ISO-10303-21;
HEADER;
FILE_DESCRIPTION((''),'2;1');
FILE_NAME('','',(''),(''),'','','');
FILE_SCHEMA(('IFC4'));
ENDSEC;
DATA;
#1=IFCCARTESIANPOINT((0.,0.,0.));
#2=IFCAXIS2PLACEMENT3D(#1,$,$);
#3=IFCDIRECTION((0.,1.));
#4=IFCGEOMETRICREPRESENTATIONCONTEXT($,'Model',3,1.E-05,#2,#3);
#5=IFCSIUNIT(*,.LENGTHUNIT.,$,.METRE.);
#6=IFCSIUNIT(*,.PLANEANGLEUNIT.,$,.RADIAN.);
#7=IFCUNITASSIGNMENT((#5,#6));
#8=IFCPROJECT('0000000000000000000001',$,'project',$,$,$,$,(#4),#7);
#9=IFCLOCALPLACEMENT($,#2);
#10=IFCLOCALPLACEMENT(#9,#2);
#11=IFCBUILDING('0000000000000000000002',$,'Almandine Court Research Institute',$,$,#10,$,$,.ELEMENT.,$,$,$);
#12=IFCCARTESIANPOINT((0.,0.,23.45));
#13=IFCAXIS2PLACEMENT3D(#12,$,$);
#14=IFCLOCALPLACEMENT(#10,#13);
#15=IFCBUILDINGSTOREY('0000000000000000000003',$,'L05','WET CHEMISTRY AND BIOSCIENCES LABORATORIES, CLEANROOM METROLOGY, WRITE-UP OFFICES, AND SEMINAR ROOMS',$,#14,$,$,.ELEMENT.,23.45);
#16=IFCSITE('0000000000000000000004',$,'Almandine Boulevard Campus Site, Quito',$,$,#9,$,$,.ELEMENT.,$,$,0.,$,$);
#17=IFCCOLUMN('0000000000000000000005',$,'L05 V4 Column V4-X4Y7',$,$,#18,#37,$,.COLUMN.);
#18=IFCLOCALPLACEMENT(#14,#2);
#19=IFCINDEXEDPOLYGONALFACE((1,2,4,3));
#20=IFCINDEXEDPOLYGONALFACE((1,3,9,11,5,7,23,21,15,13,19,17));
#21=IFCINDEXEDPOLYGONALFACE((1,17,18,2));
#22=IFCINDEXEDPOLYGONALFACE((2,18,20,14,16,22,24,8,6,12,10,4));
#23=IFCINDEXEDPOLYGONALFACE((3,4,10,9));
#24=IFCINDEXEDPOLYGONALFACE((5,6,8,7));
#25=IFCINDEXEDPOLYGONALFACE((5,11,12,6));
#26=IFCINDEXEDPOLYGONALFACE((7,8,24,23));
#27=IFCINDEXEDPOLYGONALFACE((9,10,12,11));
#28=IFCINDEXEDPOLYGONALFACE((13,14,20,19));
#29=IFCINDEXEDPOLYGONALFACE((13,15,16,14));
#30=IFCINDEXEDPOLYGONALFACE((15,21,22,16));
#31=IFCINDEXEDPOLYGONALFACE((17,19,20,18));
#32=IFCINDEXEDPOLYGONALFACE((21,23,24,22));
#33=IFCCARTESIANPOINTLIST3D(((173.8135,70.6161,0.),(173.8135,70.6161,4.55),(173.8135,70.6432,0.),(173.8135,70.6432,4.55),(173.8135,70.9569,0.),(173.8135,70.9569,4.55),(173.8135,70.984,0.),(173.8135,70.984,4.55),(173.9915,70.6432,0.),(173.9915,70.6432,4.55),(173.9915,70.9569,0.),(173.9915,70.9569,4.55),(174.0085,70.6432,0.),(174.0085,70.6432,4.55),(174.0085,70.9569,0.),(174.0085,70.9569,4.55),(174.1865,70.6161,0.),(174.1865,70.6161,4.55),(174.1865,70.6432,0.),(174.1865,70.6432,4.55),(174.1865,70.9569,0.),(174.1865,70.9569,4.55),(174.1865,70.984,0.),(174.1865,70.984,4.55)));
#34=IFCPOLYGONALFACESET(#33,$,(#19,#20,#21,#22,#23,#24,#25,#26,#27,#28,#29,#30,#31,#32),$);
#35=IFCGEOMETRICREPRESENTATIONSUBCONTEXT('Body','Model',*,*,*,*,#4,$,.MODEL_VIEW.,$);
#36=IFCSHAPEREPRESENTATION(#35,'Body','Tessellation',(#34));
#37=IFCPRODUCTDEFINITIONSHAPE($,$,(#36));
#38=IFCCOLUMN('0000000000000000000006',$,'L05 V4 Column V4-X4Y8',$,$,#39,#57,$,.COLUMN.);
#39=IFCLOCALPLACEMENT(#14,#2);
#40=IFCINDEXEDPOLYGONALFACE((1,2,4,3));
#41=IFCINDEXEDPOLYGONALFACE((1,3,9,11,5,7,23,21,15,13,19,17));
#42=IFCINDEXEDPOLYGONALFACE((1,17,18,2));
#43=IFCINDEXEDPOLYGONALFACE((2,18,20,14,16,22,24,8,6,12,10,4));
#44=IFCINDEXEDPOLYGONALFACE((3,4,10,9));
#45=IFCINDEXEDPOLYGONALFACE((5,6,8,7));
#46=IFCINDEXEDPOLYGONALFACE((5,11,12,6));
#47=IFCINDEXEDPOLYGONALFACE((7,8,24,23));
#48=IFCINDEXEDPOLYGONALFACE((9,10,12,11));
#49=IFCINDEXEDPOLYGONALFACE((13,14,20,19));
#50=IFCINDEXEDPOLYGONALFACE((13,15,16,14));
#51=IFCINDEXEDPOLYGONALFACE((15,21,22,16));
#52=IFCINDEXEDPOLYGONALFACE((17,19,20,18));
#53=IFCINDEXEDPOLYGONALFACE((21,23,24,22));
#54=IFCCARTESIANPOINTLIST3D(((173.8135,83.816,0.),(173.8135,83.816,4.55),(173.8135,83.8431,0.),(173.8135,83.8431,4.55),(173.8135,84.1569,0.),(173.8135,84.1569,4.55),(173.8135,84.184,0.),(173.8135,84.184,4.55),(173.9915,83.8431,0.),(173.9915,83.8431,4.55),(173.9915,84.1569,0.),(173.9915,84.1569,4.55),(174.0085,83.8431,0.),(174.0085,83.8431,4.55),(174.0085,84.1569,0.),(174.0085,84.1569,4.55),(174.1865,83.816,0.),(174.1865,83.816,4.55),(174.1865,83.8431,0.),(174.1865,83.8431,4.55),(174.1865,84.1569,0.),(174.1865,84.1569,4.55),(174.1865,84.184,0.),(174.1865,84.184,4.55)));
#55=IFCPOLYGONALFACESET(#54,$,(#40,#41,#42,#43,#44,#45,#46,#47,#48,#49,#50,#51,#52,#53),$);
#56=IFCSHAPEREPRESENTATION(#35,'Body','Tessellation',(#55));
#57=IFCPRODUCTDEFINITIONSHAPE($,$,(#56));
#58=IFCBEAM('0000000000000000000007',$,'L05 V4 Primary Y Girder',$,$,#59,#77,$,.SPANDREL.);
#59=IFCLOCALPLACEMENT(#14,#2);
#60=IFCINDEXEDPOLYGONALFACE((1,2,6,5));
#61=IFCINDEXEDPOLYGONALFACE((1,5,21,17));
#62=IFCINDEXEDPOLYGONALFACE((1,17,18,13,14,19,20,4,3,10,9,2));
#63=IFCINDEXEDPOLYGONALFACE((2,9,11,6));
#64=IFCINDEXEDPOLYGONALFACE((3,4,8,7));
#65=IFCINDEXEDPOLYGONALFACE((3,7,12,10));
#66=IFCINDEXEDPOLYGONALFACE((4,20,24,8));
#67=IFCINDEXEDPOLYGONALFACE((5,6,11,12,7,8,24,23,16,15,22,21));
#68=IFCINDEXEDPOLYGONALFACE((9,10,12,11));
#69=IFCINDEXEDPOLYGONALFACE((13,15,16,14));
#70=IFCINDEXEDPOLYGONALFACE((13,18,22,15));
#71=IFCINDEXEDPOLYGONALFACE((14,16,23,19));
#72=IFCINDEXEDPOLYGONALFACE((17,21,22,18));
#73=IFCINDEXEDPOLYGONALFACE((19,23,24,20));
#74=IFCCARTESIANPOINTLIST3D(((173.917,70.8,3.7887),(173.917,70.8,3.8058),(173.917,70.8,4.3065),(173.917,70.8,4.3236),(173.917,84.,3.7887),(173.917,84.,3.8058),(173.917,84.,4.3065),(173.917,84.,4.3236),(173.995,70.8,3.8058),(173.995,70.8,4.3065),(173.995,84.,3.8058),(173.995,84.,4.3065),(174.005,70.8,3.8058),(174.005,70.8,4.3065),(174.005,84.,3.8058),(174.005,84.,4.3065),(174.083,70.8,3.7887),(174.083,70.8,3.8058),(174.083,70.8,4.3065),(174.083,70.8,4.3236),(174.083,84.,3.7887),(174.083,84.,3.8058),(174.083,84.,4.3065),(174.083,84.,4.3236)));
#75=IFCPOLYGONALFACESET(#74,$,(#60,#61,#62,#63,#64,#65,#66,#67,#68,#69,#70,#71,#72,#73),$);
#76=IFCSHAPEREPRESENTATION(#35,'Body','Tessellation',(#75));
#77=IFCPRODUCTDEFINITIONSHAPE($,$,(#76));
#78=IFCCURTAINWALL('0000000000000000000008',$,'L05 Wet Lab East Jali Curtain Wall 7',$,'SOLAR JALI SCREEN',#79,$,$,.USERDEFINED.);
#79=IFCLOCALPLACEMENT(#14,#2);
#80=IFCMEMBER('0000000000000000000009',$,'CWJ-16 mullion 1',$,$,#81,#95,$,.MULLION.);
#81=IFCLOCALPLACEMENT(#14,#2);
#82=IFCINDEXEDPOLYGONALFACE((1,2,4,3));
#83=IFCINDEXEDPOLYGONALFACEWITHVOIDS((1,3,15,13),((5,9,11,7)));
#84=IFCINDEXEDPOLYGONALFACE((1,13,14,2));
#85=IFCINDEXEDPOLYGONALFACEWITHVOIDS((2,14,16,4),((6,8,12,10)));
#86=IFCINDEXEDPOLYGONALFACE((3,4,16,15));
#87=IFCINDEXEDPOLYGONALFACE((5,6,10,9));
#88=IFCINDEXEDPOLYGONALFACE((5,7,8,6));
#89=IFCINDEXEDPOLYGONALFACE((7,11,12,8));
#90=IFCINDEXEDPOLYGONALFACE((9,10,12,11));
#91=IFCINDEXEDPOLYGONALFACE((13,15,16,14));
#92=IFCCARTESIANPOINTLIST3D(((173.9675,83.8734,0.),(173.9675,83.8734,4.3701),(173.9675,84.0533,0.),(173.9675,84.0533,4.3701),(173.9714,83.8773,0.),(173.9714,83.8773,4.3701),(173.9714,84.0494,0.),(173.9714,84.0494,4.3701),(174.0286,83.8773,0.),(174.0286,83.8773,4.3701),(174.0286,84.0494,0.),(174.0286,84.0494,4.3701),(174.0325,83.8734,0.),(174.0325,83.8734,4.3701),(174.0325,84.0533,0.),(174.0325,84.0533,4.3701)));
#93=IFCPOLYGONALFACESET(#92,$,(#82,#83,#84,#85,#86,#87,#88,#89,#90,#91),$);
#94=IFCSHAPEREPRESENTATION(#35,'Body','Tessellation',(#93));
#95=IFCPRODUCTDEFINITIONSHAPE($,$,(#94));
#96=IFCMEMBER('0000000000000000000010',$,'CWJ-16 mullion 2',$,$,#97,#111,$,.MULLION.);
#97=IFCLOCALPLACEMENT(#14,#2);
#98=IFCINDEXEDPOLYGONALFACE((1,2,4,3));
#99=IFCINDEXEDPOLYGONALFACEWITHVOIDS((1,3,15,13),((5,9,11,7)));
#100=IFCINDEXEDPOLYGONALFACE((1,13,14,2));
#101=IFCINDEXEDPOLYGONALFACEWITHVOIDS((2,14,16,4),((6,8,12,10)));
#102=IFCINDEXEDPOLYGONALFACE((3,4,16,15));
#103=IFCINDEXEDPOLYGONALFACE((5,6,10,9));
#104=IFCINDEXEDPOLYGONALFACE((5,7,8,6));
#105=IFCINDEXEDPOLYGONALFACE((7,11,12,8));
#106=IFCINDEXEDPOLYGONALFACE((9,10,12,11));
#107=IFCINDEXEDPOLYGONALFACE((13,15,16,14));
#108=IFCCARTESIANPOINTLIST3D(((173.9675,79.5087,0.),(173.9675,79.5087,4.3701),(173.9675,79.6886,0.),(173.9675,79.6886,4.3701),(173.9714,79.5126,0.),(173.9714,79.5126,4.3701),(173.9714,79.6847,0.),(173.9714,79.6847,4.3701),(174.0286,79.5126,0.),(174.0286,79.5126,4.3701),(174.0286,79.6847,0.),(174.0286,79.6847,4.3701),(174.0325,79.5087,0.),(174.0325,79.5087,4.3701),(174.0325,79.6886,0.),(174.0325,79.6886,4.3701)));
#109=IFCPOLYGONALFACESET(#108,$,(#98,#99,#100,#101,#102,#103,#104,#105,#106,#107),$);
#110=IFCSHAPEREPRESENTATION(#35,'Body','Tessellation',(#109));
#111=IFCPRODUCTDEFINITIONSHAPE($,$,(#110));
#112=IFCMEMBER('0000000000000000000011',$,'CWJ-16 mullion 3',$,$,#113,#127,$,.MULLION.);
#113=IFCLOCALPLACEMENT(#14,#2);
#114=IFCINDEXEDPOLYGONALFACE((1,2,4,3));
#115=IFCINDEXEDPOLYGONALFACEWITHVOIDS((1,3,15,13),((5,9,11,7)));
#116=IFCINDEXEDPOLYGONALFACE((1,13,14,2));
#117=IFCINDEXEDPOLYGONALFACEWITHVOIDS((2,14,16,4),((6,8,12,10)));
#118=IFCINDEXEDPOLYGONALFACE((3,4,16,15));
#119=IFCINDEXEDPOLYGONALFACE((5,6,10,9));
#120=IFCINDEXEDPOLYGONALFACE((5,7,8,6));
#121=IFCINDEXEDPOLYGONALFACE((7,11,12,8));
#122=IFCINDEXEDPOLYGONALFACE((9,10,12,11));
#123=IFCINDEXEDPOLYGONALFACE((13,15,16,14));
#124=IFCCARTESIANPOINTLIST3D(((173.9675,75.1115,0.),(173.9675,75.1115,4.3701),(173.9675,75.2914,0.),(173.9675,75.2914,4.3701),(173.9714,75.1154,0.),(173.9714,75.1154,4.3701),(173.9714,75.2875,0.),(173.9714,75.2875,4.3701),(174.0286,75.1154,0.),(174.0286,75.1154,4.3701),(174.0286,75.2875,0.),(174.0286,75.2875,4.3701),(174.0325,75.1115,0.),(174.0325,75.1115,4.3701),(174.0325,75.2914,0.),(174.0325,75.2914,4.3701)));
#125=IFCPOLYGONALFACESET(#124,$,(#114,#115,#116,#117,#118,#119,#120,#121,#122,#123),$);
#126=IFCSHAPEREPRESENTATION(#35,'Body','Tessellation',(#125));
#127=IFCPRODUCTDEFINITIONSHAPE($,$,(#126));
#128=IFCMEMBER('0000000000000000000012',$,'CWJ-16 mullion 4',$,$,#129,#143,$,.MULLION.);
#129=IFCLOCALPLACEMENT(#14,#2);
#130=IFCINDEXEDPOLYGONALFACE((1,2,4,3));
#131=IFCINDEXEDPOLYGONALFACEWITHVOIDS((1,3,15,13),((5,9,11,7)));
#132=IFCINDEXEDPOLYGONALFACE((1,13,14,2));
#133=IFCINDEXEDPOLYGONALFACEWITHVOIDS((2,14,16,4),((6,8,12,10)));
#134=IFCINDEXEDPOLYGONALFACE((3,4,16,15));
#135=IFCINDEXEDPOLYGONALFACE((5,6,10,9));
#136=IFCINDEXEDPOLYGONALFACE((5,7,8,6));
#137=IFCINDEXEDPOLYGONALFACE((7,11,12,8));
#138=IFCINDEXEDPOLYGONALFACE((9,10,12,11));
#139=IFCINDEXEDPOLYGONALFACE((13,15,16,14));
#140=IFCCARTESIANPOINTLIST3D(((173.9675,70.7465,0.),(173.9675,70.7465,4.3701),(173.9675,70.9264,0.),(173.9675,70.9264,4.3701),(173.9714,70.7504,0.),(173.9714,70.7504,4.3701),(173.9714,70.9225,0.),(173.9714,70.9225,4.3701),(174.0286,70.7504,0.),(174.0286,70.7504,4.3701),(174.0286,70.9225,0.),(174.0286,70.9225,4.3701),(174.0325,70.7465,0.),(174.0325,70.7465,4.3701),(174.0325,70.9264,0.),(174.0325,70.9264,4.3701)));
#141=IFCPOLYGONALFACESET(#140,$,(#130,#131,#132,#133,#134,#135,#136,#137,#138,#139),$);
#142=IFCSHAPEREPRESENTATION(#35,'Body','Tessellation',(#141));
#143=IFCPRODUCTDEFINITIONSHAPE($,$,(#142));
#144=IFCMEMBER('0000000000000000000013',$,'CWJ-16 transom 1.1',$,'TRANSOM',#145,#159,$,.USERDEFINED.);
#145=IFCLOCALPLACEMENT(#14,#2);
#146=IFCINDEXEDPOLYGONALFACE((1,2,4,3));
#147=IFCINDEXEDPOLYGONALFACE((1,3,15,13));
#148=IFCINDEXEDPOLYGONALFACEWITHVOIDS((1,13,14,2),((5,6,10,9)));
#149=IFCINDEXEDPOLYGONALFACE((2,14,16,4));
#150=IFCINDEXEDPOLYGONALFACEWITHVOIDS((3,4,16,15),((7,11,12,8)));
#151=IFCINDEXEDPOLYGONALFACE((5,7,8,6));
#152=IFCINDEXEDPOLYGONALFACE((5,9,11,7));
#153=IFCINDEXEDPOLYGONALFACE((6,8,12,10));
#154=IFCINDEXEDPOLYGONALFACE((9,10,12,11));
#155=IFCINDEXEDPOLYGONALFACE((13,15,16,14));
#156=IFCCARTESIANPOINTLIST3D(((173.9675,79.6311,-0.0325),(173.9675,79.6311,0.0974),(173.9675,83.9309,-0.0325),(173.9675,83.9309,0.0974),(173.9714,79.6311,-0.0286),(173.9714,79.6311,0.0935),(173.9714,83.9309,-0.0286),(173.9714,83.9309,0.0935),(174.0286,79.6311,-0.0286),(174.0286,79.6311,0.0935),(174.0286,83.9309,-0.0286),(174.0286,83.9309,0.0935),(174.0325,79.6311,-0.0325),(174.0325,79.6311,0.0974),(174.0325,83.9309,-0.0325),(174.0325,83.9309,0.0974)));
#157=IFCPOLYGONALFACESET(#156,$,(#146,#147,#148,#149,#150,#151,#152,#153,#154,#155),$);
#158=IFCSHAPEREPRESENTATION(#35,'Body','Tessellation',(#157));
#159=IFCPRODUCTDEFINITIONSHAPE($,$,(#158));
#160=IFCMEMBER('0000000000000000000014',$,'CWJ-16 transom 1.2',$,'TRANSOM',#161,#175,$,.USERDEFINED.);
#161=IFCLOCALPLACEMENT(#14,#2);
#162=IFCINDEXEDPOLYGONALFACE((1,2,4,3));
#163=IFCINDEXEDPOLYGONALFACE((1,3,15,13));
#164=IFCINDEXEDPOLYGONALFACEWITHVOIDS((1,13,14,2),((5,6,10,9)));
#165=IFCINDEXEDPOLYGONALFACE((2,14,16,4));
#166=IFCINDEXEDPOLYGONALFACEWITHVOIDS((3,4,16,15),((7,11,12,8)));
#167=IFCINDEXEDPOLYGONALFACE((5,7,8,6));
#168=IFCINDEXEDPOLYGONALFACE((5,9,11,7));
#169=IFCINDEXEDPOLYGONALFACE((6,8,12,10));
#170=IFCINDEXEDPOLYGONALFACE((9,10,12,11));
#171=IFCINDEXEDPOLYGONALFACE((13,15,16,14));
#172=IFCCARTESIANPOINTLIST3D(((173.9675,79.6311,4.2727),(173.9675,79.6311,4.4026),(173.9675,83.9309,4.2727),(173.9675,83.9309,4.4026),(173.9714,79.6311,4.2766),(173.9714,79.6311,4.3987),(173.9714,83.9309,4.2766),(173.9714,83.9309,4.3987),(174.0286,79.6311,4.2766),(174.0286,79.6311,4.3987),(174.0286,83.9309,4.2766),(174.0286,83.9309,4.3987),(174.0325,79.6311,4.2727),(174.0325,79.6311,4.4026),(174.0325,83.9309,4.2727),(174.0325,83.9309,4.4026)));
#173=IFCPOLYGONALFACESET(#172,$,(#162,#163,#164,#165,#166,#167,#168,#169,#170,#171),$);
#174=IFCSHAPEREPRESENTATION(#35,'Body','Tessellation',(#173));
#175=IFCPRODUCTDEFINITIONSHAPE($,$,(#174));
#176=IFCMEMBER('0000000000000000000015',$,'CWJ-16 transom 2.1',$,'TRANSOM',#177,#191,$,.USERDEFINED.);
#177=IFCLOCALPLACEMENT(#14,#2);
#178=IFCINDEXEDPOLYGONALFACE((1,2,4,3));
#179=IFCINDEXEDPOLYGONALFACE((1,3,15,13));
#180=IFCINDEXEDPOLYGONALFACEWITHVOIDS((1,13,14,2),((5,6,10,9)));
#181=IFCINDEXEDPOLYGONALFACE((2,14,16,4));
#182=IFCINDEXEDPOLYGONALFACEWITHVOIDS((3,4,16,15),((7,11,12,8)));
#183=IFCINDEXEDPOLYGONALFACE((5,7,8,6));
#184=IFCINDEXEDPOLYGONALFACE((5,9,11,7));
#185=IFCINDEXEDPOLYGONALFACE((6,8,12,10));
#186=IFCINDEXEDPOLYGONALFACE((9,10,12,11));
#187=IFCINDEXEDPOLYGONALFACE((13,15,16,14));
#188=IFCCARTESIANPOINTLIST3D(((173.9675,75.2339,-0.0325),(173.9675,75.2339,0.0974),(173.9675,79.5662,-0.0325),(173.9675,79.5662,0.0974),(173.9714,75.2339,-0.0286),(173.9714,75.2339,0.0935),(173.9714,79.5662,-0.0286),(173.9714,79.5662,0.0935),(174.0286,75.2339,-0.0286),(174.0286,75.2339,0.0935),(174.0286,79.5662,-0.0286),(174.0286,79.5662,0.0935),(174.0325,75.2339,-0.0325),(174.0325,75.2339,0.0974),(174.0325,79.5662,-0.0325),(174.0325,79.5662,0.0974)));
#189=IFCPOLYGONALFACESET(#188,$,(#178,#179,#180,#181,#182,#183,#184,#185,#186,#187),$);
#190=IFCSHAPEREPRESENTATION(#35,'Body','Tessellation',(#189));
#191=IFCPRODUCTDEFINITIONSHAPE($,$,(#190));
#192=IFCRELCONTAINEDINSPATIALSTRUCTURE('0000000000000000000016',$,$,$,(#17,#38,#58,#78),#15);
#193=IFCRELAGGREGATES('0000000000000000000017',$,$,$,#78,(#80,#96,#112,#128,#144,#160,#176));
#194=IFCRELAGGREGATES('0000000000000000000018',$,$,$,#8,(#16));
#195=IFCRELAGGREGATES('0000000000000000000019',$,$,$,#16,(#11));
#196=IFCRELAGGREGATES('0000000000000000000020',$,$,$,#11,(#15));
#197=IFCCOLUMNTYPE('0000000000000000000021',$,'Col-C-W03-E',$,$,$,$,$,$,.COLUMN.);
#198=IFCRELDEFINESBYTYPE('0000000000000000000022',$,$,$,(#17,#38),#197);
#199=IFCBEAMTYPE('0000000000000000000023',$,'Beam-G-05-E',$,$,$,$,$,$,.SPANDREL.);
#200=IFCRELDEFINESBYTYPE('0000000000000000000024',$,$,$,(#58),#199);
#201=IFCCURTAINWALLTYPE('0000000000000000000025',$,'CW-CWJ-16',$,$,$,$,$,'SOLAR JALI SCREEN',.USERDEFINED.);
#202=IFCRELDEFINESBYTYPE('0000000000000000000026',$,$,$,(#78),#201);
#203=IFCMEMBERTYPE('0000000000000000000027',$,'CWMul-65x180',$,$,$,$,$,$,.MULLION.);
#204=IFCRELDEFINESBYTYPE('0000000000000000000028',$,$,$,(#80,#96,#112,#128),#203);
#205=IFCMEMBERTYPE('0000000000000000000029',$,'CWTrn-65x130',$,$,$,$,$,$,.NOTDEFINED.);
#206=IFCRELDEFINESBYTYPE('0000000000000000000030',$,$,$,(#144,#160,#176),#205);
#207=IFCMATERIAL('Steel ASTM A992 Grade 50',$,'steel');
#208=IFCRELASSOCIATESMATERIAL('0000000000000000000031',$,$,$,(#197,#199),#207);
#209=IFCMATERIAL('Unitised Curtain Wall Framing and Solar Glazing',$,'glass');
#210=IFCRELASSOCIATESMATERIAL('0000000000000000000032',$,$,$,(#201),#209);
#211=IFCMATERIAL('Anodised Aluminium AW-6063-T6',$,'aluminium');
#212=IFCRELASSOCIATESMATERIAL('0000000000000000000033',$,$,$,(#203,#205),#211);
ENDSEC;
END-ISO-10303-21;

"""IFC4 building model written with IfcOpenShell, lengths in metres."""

from ifc_helpers import new_model, si_unit, direction, frame, origin, origin_2d, place, context, subcontext, project, spatial, hollow_rectangle, i_section, extrude, material, material_profile, profile_set, type_object, element, aggregate, save


model = new_model("IFC4")

# Units and contexts
model_context = context("Model", 3, precision=1e-05, world=origin(), true_north=direction((0.0, 1.0)))
body_context = subcontext(model_context, "Body", "Model", "MODEL_VIEW")
ifc_project = project(units=[si_unit("LENGTHUNIT", "METRE"), si_unit("PLANEANGLEUNIT", "RADIAN")], contexts=[model_context])

# Site, building, storey
site_placement = place(None, origin())
site = spatial("IfcSite", under=ifc_project, at=site_placement, Name="Almandine Boulevard Campus Site, Quito", CompositionType="ELEMENT", RefElevation=0.0)
building_placement = place(site_placement, origin())
building = spatial("IfcBuilding", under=site, at=building_placement, Name="Almandine Court Research Institute", CompositionType="ELEMENT")
storey_placement = place(building_placement, frame((0.0, 0.0, 23.45)))
storey = spatial("IfcBuildingStorey", under=building, at=storey_placement, Name="L05", Description="WET CHEMISTRY AND BIOSCIENCES LABORATORIES, CLEANROOM METROLOGY, WRITE-UP OFFICES, AND SEMINAR ROOMS", CompositionType="ELEMENT", Elevation=23.45)

# Columns
ifc_material_1 = material(Name="Steel ASTM A992 Grade 50", Category="steel")
ifc_material_profile_1 = material_profile(ifc_material_1, i_section(OverallWidth=0.373, OverallDepth=0.3679, WebThickness=0.0171, FlangeThickness=0.0271, at=origin_2d()), Name="W360x179")
ifc_profile_set_1 = profile_set([ifc_material_profile_1], Name="Steel ASTM A992 Grade 50")
column_type = type_object("IfcColumnType", Name="Col-C-W03-E", PredefinedType="COLUMN", material=ifc_profile_set_1)
for number, where, z_axis, x_axis, name in (
    (1, (174.0, 70.8, 0.0), (0.0, 0.0, 1.0), (1.0, 0.0, 0.0), "L05 V4 Column V4-X4Y7"),
    (2, (174.0, 84.0, 0.0), (0.0, 0.0, 1.0), (1.0, 0.0, 0.0), "L05 V4 Column V4-X4Y8"),
):
    element("IfcColumn", number, at=place(storey_placement, frame(where, z_axis=z_axis, x_axis=x_axis)), inside=storey, type_object=column_type, Name=name, PredefinedType="COLUMN", context=body_context, shape_type="SweptSolid", body=[
        extrude(i_section(OverallWidth=0.373, OverallDepth=0.3679, WebThickness=0.0171, FlangeThickness=0.0271, at=origin_2d()), origin(), (0.0, 0.0, 1.0), 4.55),
    ])

# Beam
ifc_material_profile_2 = material_profile(ifc_material_1, i_section(OverallWidth=0.166, OverallDepth=0.5349, WebThickness=0.01, FlangeThickness=0.0171, at=origin_2d()), Name="W530x85")
ifc_profile_set_2 = profile_set([ifc_material_profile_2], Name="Steel ASTM A992 Grade 50")
beam_type = type_object("IfcBeamType", Name="Beam-G-05-E", PredefinedType="SPANDREL", material=ifc_profile_set_2)
beam_placement = place(storey_placement, frame((174.0, 70.8, 4.0562), z_axis=(0.0, 1.0, 0.0), x_axis=(-1.0, 0.0, 0.0)))
element("IfcBeam", 3, at=beam_placement, inside=storey, type_object=beam_type, Name="L05 V4 Primary Y Girder", PredefinedType="SPANDREL", context=body_context, shape_type="SweptSolid", body=[
    extrude(i_section(OverallWidth=0.166, OverallDepth=0.5349, WebThickness=0.01, FlangeThickness=0.0171, at=origin_2d()), origin(), (0.0, 0.0, 1.0), 13.2),
])

# Curtain wall, members
ifc_material_2 = material(Name="Unitised Curtain Wall Framing and Solar Glazing", Category="glass")
curtain_wall_type = type_object("IfcCurtainWallType", Name="CW-CWJ-16", ElementType="SOLAR JALI SCREEN", PredefinedType="USERDEFINED", material=ifc_material_2)
curtain_wall_placement = place(storey_placement, origin())
curtain_wall = element("IfcCurtainWall", 4, at=curtain_wall_placement, inside=storey, type_object=curtain_wall_type, Name="L05 Wet Lab East Jali Curtain Wall 7", ObjectType="SOLAR JALI SCREEN", PredefinedType="USERDEFINED")
ifc_material_3 = material(Name="Anodised Aluminium AW-6063-T6", Category="aluminium")
ifc_material_profile_3 = material_profile(ifc_material_3, hollow_rectangle(XDim=0.0649, YDim=0.1799, WallThickness=0.0039, at=origin_2d()), Name="ALU RHS 65x180x4")
ifc_profile_set_3 = profile_set([ifc_material_profile_3], Name="Anodised Aluminium AW-6063-T6")
member_type_1 = type_object("IfcMemberType", Name="CWMul-65x180", PredefinedType="MULLION", material=ifc_profile_set_3)
member_1_placement = place(storey_placement, frame((174.0, 83.9634, 0.0), z_axis=(0.0, 0.0, 1.0), x_axis=(1.0, 0.0, 0.0)))
member_1 = element("IfcMember", 5, at=member_1_placement, type_object=member_type_1, Name="CWJ-16 mullion 1", PredefinedType="MULLION", context=body_context, shape_type="SweptSolid", body=[
    extrude(hollow_rectangle(XDim=0.0649, YDim=0.1799, WallThickness=0.0039, at=origin_2d()), origin(), (0.0, 0.0, 1.0), 4.3701),
])
member_2_placement = place(storey_placement, frame((174.0, 79.5986, 0.0), z_axis=(0.0, 0.0, 1.0), x_axis=(1.0, 0.0, 0.0)))
member_2 = element("IfcMember", 6, at=member_2_placement, type_object=member_type_1, Name="CWJ-16 mullion 2", PredefinedType="MULLION", context=body_context, shape_type="SweptSolid", body=[
    extrude(hollow_rectangle(XDim=0.0649, YDim=0.1799, WallThickness=0.0039, at=origin_2d()), origin(), (0.0, 0.0, 1.0), 4.3701),
])
member_3_placement = place(storey_placement, frame((174.0, 75.2014, 0.0), z_axis=(0.0, 0.0, 1.0), x_axis=(1.0, 0.0, 0.0)))
member_3 = element("IfcMember", 7, at=member_3_placement, type_object=member_type_1, Name="CWJ-16 mullion 3", PredefinedType="MULLION", context=body_context, shape_type="SweptSolid", body=[
    extrude(hollow_rectangle(XDim=0.0649, YDim=0.1799, WallThickness=0.0039, at=origin_2d()), origin(), (0.0, 0.0, 1.0), 4.3701),
])
member_4_placement = place(storey_placement, frame((174.0, 70.8364, 0.0), z_axis=(0.0, 0.0, 1.0), x_axis=(1.0, 0.0, 0.0)))
member_4 = element("IfcMember", 8, at=member_4_placement, type_object=member_type_1, Name="CWJ-16 mullion 4", PredefinedType="MULLION", context=body_context, shape_type="SweptSolid", body=[
    extrude(hollow_rectangle(XDim=0.0649, YDim=0.1799, WallThickness=0.0039, at=origin_2d()), origin(), (0.0, 0.0, 1.0), 4.3701),
])
ifc_material_profile_4 = material_profile(ifc_material_3, hollow_rectangle(XDim=0.0649, YDim=0.1299, WallThickness=0.0039, at=origin_2d()), Name="ALU RHS 65x130x4")
ifc_profile_set_4 = profile_set([ifc_material_profile_4], Name="Anodised Aluminium AW-6063-T6")
member_type_2 = type_object("IfcMemberType", Name="CWTrn-65x130", PredefinedType="NOTDEFINED", material=ifc_profile_set_4)
member_5_placement = place(storey_placement, frame((174.0, 83.9309, 0.0325), z_axis=(0.0, -1.0, 0.0), x_axis=(1.0, 0.0, 0.0)))
member_5 = element("IfcMember", 9, at=member_5_placement, type_object=member_type_2, Name="CWJ-16 transom 1.1", ObjectType="TRANSOM", PredefinedType="USERDEFINED", context=body_context, shape_type="SweptSolid", body=[
    extrude(hollow_rectangle(XDim=0.0649, YDim=0.1299, WallThickness=0.0039, at=origin_2d()), origin(), (0.0, 0.0, 1.0), 4.2998),
])
member_6_placement = place(storey_placement, frame((174.0, 83.9309, 4.3376), z_axis=(0.0, -1.0, 0.0), x_axis=(1.0, 0.0, 0.0)))
member_6 = element("IfcMember", 10, at=member_6_placement, type_object=member_type_2, Name="CWJ-16 transom 1.2", ObjectType="TRANSOM", PredefinedType="USERDEFINED", context=body_context, shape_type="SweptSolid", body=[
    extrude(hollow_rectangle(XDim=0.0649, YDim=0.1299, WallThickness=0.0039, at=origin_2d()), origin(), (0.0, 0.0, 1.0), 4.2998),
])
member_7_placement = place(storey_placement, frame((174.0, 79.5662, 0.0325), z_axis=(0.0, -1.0, 0.0), x_axis=(1.0, 0.0, 0.0)))
member_7 = element("IfcMember", 11, at=member_7_placement, type_object=member_type_2, Name="CWJ-16 transom 2.1", ObjectType="TRANSOM", PredefinedType="USERDEFINED", context=body_context, shape_type="SweptSolid", body=[
    extrude(hollow_rectangle(XDim=0.0649, YDim=0.1299, WallThickness=0.0039, at=origin_2d()), origin(), (0.0, 0.0, 1.0), 4.3323),
])
aggregate(curtain_wall, [member_1, member_2, member_3, member_4, member_5, member_6, member_7])

save(model, "model.ifc")
